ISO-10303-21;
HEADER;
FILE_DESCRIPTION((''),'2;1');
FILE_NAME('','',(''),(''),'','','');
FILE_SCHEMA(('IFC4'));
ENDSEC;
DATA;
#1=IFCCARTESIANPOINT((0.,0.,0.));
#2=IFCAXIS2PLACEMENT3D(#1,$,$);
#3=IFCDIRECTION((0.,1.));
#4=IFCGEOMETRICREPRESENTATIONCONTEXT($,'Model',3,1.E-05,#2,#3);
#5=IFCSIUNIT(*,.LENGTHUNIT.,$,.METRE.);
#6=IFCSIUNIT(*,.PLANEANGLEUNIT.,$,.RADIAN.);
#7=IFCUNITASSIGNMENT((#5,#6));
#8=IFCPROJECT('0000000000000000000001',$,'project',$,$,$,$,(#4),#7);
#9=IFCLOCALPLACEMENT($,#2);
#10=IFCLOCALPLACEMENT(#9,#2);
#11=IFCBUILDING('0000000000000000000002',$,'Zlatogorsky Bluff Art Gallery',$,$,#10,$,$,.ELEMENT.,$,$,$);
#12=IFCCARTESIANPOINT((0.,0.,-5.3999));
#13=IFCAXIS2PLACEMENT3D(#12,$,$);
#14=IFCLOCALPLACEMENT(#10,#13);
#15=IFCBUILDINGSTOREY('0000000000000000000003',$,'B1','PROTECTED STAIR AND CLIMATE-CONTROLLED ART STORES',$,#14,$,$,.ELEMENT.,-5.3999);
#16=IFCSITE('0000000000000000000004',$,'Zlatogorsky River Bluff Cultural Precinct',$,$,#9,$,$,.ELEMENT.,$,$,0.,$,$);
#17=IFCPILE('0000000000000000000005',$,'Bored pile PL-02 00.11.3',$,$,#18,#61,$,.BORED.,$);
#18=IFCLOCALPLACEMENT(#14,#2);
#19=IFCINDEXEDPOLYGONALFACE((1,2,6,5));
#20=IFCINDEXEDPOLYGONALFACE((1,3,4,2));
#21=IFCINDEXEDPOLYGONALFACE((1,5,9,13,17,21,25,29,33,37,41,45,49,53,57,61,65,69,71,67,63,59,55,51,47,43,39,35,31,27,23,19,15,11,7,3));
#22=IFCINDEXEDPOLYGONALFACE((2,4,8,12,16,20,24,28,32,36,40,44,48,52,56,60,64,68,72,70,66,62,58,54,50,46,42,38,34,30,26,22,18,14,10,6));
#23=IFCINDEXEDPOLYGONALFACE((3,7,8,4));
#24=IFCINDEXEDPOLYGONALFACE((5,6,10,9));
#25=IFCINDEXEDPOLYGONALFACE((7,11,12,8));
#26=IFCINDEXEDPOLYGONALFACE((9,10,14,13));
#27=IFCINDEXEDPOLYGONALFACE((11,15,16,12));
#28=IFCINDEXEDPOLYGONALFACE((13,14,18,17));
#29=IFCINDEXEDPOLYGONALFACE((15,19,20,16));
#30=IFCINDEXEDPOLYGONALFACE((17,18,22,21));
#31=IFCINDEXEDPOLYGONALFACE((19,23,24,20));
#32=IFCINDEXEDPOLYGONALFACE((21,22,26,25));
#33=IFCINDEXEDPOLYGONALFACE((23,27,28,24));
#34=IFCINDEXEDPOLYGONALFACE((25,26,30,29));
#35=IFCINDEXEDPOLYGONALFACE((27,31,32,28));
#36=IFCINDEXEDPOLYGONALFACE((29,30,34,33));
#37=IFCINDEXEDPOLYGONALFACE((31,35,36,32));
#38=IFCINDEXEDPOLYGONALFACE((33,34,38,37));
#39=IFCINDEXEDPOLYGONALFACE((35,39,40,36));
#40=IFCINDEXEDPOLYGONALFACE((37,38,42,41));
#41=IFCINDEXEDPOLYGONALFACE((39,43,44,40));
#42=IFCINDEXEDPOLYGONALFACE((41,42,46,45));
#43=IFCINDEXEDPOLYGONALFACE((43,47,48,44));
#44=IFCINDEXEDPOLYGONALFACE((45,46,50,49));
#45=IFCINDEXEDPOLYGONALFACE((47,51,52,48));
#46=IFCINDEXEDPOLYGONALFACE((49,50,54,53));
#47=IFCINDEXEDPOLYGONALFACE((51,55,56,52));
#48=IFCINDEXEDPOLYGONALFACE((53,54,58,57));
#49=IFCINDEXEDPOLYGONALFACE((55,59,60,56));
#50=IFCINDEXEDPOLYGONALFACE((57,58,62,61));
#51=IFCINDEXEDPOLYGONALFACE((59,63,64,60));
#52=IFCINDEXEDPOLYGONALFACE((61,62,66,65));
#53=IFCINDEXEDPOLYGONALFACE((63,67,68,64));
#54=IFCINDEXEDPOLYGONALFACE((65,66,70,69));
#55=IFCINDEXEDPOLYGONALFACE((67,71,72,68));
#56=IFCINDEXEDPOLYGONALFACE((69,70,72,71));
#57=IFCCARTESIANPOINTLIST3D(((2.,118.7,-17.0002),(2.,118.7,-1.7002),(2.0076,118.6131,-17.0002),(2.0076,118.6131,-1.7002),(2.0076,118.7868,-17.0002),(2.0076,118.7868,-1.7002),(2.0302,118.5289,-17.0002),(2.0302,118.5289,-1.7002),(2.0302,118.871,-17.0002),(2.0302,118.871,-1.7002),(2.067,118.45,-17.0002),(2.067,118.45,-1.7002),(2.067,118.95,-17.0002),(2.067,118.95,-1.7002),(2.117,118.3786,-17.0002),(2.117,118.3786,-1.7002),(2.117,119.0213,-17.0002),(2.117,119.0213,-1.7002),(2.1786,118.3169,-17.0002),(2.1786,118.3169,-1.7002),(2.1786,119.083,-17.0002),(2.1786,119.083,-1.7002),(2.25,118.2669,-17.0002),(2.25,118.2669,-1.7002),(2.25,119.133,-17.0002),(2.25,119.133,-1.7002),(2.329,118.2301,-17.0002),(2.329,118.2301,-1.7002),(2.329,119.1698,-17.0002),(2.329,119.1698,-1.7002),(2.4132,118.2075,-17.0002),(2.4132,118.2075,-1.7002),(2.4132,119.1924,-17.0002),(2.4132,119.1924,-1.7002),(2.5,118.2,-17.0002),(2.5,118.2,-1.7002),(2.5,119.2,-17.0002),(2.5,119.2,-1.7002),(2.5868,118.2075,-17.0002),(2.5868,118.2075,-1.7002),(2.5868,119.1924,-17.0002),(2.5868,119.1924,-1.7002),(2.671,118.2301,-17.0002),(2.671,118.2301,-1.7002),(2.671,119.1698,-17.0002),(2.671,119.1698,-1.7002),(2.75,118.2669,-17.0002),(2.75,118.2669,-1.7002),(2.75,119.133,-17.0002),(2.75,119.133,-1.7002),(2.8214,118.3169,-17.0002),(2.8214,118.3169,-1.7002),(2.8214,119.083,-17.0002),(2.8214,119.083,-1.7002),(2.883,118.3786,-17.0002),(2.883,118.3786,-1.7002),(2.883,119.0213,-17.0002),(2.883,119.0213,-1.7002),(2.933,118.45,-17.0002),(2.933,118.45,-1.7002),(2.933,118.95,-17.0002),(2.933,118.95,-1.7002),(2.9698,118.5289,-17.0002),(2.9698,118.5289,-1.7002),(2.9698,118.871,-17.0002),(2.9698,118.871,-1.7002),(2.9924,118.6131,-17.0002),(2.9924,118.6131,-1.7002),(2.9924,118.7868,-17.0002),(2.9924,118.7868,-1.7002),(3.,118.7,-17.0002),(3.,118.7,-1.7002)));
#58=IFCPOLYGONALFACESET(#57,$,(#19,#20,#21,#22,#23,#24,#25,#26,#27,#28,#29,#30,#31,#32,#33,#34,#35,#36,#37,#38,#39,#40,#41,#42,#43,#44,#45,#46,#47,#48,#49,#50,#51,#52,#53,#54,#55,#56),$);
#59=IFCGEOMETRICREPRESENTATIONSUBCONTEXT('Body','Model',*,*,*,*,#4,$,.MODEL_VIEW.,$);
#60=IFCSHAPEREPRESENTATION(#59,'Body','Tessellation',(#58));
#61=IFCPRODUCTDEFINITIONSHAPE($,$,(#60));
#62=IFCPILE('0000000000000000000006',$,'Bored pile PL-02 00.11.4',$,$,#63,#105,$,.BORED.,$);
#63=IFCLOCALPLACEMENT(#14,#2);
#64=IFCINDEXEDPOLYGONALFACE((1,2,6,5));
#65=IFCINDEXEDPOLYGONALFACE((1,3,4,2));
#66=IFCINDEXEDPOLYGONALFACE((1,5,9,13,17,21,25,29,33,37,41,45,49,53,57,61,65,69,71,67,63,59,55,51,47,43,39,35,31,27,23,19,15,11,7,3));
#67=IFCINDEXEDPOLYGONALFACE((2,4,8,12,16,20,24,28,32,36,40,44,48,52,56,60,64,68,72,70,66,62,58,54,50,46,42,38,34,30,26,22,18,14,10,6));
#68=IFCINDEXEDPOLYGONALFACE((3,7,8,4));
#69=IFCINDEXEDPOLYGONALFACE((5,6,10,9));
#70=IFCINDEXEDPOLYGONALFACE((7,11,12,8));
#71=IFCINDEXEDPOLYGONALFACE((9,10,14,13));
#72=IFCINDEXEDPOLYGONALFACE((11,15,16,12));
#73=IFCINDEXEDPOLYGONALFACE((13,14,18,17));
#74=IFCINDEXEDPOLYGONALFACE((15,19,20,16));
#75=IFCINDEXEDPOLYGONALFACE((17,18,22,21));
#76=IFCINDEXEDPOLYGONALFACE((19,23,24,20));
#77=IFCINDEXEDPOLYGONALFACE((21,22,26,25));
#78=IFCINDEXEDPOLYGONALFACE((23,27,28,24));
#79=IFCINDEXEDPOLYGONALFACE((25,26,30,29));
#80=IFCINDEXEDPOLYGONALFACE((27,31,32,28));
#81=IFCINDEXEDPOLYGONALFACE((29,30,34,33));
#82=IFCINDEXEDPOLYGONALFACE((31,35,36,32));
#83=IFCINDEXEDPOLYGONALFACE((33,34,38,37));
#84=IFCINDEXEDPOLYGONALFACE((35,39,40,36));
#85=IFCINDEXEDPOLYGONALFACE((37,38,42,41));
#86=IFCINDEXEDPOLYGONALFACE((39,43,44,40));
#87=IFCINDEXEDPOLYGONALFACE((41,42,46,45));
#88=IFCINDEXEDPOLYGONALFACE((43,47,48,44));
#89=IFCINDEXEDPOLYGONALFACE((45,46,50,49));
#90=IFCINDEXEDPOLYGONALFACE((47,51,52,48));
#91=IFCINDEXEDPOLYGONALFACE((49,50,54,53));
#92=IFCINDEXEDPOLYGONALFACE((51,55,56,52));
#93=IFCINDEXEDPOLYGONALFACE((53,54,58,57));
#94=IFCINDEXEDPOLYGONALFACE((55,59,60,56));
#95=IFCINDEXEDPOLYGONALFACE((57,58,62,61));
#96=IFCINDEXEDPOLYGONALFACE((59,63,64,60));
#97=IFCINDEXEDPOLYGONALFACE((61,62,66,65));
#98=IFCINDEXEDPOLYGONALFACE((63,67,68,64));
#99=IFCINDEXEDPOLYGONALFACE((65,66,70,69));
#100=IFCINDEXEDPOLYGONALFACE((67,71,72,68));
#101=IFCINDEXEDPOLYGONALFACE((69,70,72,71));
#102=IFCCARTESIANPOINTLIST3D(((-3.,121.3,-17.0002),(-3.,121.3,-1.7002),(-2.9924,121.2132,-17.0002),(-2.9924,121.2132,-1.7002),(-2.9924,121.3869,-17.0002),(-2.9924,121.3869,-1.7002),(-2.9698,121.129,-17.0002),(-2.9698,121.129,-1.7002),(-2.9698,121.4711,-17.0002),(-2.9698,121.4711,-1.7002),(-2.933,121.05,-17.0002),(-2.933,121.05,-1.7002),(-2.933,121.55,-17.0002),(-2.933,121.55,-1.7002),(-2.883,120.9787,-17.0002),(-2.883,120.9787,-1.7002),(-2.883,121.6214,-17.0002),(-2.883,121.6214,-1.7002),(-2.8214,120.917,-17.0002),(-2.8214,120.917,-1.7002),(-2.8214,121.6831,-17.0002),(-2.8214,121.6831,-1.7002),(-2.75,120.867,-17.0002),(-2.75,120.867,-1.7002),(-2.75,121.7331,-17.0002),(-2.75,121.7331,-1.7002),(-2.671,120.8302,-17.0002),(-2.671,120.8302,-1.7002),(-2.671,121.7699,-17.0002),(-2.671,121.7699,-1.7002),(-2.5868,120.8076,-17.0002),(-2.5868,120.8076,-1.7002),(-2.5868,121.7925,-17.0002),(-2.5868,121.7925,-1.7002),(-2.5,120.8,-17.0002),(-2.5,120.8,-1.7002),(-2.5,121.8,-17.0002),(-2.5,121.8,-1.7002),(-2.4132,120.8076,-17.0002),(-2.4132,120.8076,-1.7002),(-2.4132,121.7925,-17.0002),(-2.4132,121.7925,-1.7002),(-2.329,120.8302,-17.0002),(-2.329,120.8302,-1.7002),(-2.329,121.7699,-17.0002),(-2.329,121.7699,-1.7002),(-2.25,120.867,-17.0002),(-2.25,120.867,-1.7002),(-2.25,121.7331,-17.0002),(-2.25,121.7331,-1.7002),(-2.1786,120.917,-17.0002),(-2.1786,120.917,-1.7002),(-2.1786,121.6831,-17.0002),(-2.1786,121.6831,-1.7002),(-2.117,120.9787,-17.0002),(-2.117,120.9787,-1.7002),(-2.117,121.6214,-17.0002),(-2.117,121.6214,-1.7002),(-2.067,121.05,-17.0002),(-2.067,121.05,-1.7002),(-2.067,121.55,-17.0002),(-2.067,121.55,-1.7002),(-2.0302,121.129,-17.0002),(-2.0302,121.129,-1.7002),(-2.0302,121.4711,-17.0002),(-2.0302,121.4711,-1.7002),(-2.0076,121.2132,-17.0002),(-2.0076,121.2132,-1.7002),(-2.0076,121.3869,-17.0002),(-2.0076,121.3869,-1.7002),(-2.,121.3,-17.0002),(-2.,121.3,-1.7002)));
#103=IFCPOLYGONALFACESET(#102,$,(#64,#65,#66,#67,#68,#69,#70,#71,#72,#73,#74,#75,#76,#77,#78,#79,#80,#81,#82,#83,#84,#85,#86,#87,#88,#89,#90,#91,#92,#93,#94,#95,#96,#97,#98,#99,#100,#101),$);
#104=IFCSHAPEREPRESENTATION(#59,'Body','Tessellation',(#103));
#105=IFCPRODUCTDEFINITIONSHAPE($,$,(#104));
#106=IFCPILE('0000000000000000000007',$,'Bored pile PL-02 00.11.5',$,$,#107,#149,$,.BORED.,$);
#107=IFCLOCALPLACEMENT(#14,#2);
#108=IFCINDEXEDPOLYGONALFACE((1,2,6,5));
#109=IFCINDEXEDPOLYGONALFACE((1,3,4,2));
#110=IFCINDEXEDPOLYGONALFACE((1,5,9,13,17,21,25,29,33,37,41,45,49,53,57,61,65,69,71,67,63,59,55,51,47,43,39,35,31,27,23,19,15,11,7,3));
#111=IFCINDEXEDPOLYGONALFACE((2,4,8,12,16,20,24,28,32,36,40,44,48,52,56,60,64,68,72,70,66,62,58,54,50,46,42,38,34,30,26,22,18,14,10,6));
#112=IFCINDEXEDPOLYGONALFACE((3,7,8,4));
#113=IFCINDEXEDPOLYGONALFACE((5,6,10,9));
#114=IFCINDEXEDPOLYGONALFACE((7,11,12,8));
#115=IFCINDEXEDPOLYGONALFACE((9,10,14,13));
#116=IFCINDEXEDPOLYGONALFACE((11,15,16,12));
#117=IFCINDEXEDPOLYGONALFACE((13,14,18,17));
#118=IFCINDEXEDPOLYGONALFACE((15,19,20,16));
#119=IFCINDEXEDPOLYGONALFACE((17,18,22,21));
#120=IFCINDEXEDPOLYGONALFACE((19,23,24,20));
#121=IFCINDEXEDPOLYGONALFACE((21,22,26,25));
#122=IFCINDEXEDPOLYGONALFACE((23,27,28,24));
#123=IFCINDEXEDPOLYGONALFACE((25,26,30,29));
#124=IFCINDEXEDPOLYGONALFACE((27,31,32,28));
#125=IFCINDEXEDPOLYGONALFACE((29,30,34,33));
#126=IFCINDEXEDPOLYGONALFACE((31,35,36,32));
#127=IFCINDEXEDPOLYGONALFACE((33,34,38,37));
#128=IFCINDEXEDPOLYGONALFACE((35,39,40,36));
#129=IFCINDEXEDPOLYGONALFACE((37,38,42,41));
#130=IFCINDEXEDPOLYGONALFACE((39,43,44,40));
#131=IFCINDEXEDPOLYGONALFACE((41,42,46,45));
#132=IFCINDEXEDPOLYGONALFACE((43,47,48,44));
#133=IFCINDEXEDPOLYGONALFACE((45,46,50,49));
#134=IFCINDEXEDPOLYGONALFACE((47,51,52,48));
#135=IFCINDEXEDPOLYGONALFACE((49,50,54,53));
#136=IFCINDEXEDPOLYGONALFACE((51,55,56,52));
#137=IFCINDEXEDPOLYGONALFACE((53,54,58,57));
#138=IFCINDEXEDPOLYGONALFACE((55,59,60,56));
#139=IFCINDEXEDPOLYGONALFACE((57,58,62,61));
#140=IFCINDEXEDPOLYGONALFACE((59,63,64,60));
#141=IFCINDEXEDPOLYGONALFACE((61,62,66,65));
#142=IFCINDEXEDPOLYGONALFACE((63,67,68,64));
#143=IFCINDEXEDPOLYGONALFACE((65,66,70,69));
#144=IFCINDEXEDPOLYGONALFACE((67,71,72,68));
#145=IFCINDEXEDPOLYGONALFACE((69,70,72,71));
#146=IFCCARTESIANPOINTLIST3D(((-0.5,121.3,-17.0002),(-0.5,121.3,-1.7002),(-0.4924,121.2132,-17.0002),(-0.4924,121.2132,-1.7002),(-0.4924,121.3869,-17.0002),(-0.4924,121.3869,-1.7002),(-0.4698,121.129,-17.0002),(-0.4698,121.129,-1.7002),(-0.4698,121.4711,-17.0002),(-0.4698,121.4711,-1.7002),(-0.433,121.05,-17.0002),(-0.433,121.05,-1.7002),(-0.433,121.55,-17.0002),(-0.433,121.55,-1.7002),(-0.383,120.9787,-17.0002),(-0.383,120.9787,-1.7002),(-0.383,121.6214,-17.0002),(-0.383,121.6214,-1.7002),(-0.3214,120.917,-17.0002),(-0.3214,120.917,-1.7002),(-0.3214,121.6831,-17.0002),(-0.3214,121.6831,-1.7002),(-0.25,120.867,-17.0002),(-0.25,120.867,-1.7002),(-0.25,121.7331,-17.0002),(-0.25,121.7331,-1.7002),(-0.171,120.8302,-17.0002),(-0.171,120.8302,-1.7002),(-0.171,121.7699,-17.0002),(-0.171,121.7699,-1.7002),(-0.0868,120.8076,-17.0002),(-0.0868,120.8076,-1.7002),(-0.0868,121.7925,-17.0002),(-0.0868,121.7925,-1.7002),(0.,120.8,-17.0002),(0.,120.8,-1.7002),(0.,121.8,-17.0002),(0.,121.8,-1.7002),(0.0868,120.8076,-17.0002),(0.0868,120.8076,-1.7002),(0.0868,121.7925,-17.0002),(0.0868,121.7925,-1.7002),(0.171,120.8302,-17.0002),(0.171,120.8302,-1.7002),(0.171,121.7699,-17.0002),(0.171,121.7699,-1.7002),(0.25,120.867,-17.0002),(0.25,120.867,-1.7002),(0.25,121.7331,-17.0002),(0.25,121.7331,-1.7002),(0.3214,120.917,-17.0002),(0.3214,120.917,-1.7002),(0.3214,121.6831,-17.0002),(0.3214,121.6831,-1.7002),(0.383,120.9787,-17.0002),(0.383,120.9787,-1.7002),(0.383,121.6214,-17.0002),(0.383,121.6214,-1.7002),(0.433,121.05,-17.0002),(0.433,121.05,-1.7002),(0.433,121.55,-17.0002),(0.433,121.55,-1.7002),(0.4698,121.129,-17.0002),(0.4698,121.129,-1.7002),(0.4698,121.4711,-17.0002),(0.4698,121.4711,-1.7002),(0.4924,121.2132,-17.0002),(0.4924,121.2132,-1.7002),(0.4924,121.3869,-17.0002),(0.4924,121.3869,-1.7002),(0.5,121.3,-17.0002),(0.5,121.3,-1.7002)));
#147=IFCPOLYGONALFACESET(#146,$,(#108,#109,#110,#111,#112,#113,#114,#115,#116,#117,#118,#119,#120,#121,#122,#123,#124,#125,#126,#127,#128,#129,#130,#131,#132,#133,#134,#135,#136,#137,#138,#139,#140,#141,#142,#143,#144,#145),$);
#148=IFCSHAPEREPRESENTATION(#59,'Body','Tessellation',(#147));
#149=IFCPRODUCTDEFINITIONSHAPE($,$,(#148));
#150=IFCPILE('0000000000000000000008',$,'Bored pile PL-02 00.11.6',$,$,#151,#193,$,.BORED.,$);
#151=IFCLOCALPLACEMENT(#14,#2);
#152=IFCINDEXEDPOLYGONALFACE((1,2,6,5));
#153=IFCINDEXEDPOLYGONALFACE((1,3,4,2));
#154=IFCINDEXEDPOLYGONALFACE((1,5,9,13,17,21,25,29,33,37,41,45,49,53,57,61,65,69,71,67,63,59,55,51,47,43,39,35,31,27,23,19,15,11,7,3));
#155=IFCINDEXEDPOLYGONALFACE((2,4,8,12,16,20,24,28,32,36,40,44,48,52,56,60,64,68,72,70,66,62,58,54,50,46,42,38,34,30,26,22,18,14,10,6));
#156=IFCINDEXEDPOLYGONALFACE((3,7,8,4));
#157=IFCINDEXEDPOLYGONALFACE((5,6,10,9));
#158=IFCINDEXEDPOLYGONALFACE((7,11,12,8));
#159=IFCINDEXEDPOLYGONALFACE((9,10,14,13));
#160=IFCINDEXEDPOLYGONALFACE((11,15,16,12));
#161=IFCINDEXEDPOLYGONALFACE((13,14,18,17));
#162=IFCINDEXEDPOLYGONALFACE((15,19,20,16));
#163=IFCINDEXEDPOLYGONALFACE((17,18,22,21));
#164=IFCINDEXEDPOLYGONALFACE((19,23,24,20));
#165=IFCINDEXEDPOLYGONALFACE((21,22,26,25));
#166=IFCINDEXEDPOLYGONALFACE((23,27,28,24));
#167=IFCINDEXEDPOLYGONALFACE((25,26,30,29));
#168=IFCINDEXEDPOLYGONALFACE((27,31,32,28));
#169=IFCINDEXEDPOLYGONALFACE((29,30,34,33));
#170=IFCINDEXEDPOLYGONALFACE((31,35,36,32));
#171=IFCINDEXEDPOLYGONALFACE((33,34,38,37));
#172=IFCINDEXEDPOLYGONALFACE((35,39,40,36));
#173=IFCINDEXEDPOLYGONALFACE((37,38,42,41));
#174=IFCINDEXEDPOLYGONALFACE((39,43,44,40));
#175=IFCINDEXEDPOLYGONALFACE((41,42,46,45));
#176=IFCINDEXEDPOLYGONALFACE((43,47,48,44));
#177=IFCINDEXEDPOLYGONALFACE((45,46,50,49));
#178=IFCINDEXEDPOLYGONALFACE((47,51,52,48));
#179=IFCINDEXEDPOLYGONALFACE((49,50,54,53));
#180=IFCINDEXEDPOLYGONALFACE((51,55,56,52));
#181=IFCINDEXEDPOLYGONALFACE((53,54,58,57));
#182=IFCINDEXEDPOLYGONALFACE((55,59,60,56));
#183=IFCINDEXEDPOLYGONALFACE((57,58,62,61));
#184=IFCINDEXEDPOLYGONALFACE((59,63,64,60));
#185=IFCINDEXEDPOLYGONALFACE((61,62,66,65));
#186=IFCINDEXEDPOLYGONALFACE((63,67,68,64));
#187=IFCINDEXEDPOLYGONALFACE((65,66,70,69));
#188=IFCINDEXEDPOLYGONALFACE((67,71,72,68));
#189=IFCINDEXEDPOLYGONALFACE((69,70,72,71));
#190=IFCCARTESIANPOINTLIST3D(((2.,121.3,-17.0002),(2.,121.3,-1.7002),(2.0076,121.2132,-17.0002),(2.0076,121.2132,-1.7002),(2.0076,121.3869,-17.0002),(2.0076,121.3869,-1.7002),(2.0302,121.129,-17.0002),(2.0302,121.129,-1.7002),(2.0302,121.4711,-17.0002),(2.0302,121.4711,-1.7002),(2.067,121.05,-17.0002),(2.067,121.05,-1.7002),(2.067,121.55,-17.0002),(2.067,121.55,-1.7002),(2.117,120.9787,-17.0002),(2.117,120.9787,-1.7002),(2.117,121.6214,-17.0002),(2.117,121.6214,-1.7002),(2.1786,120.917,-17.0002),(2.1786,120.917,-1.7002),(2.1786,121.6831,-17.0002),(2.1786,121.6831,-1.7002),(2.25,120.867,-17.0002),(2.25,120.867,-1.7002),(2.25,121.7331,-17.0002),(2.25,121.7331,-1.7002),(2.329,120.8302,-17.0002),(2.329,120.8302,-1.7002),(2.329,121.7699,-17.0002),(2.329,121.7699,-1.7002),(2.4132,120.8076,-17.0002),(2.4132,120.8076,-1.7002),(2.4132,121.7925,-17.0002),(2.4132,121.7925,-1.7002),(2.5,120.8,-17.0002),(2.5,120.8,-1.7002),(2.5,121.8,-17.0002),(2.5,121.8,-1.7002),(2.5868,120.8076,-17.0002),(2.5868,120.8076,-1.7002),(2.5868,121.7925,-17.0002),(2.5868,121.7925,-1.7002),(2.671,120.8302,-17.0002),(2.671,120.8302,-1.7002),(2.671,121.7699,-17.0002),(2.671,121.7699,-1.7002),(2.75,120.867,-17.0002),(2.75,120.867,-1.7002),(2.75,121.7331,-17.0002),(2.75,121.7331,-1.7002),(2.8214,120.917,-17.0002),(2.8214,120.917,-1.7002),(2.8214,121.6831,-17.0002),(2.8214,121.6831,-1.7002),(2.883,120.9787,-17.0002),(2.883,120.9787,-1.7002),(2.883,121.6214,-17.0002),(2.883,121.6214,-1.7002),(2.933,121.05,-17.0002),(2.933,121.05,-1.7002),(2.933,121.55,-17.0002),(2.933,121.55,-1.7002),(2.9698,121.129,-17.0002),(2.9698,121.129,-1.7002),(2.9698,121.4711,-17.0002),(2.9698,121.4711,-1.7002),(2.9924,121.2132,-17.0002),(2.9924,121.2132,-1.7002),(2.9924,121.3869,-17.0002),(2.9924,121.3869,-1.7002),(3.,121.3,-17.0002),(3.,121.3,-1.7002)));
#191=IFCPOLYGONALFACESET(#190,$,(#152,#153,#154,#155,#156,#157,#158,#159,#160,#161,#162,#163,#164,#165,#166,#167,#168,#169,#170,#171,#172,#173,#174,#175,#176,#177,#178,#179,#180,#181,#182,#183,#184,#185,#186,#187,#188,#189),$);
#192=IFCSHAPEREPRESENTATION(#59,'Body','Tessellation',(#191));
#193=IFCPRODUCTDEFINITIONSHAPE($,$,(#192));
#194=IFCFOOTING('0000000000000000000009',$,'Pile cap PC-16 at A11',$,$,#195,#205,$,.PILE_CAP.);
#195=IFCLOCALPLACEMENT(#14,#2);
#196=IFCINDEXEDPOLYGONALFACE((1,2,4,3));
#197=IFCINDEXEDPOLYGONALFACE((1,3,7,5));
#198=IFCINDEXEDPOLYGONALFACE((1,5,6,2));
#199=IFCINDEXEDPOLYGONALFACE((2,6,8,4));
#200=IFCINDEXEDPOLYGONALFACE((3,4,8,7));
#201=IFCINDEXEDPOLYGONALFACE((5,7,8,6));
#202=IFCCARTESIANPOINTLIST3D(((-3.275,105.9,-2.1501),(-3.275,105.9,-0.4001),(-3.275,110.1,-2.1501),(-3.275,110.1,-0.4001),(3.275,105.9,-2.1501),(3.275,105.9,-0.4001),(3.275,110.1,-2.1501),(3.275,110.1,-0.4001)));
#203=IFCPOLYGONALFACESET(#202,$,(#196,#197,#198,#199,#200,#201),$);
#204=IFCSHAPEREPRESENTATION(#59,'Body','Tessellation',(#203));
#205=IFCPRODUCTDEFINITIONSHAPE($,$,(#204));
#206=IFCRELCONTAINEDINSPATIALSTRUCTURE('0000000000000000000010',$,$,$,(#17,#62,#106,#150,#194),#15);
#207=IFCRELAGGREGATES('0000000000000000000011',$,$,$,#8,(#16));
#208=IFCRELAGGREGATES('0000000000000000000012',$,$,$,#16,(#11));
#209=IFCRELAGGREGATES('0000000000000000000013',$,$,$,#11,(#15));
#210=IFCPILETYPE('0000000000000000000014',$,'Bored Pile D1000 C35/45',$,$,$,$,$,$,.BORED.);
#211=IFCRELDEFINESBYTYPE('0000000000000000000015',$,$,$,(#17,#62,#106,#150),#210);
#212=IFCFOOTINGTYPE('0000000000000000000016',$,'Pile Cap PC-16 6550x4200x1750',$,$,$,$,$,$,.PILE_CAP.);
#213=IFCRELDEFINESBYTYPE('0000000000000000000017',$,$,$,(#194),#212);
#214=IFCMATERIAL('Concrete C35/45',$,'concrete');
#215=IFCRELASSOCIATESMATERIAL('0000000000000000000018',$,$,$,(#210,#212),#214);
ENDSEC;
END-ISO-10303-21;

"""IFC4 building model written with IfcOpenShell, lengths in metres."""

from ifc_helpers import new_model, si_unit, direction, frame, origin, origin_2d, place, context, subcontext, project, spatial, rectangle, circle, extrude, material, material_profile, profile_set, type_object, element, save


model = new_model("IFC4")

# Units and contexts
model_context = context("Model", 3, precision=1e-05, world=origin(), true_north=direction((0.0, 1.0)))
body_context = subcontext(model_context, "Body", "Model", "MODEL_VIEW")
ifc_project = project(units=[si_unit("LENGTHUNIT", "METRE"), si_unit("PLANEANGLEUNIT", "RADIAN")], contexts=[model_context])

# Site, building, storey
site_placement = place(None, origin())
site = spatial("IfcSite", under=ifc_project, at=site_placement, Name="Zlatogorsky River Bluff Cultural Precinct", CompositionType="ELEMENT", RefElevation=0.0)
building_placement = place(site_placement, origin())
building = spatial("IfcBuilding", under=site, at=building_placement, Name="Zlatogorsky Bluff Art Gallery", CompositionType="ELEMENT")
storey_placement = place(building_placement, frame((0.0, 0.0, -5.3999)))
storey = spatial("IfcBuildingStorey", under=building, at=storey_placement, Name="B1", Description="PROTECTED STAIR AND CLIMATE-CONTROLLED ART STORES", CompositionType="ELEMENT", Elevation=-5.3999)

# Piles
ifc_material_1 = material(Name="Concrete C35/45", Category="concrete")
ifc_material_profile_1 = material_profile(ifc_material_1, circle(Radius=0.5, at=origin_2d()), Name="BORED PILE D1000")
ifc_profile_set_1 = profile_set([ifc_material_profile_1], Name="Concrete C35/45")
pile_type = type_object("IfcPileType", Name="Bored Pile D1000 C35/45", PredefinedType="BORED", material=ifc_profile_set_1)
for number, where, z_axis, x_axis, name in (
    (1, (2.5, 118.7, -1.7002), (0.0, 0.0, -1.0), (1.0, 0.0, 0.0), "Bored pile PL-02 00.11.3"),
    (2, (-2.5, 121.3, -1.7002), (0.0, 0.0, -1.0), (1.0, 0.0, 0.0), "Bored pile PL-02 00.11.4"),
    (3, (0.0, 121.3, -1.7002), (0.0, 0.0, -1.0), (1.0, 0.0, 0.0), "Bored pile PL-02 00.11.5"),
    (4, (2.5, 121.3, -1.7002), (0.0, 0.0, -1.0), (1.0, 0.0, 0.0), "Bored pile PL-02 00.11.6"),
):
    element("IfcPile", number, at=place(storey_placement, frame(where, z_axis=z_axis, x_axis=x_axis)), inside=storey, type_object=pile_type, Name=name, PredefinedType="BORED", context=body_context, shape_type="SweptSolid", body=[
        extrude(circle(Radius=0.5, at=origin_2d()), origin(), (0.0, 0.0, 1.0), 15.3),
    ])

# Footing
footing_type_1 = type_object("IfcFootingType", Name="Pile Cap PC-16 6550x4200x1750", PredefinedType="PILE_CAP", material=ifc_material_1)
footing_1_placement = place(storey_placement, frame((0.0, 108.0, -2.1501), z_axis=(0.0, 0.0, 1.0), x_axis=(1.0, 0.0, 0.0)))
element("IfcFooting", 5, at=footing_1_placement, inside=storey, type_object=footing_type_1, Name="Pile cap PC-16 at A11", PredefinedType="PILE_CAP", context=body_context, shape_type="SweptSolid", body=[
    extrude(rectangle(XDim=6.55, YDim=4.2, at=origin_2d()), origin(), (0.0, 0.0, 1.0), 1.75),
])

save(model, "model.ifc")
